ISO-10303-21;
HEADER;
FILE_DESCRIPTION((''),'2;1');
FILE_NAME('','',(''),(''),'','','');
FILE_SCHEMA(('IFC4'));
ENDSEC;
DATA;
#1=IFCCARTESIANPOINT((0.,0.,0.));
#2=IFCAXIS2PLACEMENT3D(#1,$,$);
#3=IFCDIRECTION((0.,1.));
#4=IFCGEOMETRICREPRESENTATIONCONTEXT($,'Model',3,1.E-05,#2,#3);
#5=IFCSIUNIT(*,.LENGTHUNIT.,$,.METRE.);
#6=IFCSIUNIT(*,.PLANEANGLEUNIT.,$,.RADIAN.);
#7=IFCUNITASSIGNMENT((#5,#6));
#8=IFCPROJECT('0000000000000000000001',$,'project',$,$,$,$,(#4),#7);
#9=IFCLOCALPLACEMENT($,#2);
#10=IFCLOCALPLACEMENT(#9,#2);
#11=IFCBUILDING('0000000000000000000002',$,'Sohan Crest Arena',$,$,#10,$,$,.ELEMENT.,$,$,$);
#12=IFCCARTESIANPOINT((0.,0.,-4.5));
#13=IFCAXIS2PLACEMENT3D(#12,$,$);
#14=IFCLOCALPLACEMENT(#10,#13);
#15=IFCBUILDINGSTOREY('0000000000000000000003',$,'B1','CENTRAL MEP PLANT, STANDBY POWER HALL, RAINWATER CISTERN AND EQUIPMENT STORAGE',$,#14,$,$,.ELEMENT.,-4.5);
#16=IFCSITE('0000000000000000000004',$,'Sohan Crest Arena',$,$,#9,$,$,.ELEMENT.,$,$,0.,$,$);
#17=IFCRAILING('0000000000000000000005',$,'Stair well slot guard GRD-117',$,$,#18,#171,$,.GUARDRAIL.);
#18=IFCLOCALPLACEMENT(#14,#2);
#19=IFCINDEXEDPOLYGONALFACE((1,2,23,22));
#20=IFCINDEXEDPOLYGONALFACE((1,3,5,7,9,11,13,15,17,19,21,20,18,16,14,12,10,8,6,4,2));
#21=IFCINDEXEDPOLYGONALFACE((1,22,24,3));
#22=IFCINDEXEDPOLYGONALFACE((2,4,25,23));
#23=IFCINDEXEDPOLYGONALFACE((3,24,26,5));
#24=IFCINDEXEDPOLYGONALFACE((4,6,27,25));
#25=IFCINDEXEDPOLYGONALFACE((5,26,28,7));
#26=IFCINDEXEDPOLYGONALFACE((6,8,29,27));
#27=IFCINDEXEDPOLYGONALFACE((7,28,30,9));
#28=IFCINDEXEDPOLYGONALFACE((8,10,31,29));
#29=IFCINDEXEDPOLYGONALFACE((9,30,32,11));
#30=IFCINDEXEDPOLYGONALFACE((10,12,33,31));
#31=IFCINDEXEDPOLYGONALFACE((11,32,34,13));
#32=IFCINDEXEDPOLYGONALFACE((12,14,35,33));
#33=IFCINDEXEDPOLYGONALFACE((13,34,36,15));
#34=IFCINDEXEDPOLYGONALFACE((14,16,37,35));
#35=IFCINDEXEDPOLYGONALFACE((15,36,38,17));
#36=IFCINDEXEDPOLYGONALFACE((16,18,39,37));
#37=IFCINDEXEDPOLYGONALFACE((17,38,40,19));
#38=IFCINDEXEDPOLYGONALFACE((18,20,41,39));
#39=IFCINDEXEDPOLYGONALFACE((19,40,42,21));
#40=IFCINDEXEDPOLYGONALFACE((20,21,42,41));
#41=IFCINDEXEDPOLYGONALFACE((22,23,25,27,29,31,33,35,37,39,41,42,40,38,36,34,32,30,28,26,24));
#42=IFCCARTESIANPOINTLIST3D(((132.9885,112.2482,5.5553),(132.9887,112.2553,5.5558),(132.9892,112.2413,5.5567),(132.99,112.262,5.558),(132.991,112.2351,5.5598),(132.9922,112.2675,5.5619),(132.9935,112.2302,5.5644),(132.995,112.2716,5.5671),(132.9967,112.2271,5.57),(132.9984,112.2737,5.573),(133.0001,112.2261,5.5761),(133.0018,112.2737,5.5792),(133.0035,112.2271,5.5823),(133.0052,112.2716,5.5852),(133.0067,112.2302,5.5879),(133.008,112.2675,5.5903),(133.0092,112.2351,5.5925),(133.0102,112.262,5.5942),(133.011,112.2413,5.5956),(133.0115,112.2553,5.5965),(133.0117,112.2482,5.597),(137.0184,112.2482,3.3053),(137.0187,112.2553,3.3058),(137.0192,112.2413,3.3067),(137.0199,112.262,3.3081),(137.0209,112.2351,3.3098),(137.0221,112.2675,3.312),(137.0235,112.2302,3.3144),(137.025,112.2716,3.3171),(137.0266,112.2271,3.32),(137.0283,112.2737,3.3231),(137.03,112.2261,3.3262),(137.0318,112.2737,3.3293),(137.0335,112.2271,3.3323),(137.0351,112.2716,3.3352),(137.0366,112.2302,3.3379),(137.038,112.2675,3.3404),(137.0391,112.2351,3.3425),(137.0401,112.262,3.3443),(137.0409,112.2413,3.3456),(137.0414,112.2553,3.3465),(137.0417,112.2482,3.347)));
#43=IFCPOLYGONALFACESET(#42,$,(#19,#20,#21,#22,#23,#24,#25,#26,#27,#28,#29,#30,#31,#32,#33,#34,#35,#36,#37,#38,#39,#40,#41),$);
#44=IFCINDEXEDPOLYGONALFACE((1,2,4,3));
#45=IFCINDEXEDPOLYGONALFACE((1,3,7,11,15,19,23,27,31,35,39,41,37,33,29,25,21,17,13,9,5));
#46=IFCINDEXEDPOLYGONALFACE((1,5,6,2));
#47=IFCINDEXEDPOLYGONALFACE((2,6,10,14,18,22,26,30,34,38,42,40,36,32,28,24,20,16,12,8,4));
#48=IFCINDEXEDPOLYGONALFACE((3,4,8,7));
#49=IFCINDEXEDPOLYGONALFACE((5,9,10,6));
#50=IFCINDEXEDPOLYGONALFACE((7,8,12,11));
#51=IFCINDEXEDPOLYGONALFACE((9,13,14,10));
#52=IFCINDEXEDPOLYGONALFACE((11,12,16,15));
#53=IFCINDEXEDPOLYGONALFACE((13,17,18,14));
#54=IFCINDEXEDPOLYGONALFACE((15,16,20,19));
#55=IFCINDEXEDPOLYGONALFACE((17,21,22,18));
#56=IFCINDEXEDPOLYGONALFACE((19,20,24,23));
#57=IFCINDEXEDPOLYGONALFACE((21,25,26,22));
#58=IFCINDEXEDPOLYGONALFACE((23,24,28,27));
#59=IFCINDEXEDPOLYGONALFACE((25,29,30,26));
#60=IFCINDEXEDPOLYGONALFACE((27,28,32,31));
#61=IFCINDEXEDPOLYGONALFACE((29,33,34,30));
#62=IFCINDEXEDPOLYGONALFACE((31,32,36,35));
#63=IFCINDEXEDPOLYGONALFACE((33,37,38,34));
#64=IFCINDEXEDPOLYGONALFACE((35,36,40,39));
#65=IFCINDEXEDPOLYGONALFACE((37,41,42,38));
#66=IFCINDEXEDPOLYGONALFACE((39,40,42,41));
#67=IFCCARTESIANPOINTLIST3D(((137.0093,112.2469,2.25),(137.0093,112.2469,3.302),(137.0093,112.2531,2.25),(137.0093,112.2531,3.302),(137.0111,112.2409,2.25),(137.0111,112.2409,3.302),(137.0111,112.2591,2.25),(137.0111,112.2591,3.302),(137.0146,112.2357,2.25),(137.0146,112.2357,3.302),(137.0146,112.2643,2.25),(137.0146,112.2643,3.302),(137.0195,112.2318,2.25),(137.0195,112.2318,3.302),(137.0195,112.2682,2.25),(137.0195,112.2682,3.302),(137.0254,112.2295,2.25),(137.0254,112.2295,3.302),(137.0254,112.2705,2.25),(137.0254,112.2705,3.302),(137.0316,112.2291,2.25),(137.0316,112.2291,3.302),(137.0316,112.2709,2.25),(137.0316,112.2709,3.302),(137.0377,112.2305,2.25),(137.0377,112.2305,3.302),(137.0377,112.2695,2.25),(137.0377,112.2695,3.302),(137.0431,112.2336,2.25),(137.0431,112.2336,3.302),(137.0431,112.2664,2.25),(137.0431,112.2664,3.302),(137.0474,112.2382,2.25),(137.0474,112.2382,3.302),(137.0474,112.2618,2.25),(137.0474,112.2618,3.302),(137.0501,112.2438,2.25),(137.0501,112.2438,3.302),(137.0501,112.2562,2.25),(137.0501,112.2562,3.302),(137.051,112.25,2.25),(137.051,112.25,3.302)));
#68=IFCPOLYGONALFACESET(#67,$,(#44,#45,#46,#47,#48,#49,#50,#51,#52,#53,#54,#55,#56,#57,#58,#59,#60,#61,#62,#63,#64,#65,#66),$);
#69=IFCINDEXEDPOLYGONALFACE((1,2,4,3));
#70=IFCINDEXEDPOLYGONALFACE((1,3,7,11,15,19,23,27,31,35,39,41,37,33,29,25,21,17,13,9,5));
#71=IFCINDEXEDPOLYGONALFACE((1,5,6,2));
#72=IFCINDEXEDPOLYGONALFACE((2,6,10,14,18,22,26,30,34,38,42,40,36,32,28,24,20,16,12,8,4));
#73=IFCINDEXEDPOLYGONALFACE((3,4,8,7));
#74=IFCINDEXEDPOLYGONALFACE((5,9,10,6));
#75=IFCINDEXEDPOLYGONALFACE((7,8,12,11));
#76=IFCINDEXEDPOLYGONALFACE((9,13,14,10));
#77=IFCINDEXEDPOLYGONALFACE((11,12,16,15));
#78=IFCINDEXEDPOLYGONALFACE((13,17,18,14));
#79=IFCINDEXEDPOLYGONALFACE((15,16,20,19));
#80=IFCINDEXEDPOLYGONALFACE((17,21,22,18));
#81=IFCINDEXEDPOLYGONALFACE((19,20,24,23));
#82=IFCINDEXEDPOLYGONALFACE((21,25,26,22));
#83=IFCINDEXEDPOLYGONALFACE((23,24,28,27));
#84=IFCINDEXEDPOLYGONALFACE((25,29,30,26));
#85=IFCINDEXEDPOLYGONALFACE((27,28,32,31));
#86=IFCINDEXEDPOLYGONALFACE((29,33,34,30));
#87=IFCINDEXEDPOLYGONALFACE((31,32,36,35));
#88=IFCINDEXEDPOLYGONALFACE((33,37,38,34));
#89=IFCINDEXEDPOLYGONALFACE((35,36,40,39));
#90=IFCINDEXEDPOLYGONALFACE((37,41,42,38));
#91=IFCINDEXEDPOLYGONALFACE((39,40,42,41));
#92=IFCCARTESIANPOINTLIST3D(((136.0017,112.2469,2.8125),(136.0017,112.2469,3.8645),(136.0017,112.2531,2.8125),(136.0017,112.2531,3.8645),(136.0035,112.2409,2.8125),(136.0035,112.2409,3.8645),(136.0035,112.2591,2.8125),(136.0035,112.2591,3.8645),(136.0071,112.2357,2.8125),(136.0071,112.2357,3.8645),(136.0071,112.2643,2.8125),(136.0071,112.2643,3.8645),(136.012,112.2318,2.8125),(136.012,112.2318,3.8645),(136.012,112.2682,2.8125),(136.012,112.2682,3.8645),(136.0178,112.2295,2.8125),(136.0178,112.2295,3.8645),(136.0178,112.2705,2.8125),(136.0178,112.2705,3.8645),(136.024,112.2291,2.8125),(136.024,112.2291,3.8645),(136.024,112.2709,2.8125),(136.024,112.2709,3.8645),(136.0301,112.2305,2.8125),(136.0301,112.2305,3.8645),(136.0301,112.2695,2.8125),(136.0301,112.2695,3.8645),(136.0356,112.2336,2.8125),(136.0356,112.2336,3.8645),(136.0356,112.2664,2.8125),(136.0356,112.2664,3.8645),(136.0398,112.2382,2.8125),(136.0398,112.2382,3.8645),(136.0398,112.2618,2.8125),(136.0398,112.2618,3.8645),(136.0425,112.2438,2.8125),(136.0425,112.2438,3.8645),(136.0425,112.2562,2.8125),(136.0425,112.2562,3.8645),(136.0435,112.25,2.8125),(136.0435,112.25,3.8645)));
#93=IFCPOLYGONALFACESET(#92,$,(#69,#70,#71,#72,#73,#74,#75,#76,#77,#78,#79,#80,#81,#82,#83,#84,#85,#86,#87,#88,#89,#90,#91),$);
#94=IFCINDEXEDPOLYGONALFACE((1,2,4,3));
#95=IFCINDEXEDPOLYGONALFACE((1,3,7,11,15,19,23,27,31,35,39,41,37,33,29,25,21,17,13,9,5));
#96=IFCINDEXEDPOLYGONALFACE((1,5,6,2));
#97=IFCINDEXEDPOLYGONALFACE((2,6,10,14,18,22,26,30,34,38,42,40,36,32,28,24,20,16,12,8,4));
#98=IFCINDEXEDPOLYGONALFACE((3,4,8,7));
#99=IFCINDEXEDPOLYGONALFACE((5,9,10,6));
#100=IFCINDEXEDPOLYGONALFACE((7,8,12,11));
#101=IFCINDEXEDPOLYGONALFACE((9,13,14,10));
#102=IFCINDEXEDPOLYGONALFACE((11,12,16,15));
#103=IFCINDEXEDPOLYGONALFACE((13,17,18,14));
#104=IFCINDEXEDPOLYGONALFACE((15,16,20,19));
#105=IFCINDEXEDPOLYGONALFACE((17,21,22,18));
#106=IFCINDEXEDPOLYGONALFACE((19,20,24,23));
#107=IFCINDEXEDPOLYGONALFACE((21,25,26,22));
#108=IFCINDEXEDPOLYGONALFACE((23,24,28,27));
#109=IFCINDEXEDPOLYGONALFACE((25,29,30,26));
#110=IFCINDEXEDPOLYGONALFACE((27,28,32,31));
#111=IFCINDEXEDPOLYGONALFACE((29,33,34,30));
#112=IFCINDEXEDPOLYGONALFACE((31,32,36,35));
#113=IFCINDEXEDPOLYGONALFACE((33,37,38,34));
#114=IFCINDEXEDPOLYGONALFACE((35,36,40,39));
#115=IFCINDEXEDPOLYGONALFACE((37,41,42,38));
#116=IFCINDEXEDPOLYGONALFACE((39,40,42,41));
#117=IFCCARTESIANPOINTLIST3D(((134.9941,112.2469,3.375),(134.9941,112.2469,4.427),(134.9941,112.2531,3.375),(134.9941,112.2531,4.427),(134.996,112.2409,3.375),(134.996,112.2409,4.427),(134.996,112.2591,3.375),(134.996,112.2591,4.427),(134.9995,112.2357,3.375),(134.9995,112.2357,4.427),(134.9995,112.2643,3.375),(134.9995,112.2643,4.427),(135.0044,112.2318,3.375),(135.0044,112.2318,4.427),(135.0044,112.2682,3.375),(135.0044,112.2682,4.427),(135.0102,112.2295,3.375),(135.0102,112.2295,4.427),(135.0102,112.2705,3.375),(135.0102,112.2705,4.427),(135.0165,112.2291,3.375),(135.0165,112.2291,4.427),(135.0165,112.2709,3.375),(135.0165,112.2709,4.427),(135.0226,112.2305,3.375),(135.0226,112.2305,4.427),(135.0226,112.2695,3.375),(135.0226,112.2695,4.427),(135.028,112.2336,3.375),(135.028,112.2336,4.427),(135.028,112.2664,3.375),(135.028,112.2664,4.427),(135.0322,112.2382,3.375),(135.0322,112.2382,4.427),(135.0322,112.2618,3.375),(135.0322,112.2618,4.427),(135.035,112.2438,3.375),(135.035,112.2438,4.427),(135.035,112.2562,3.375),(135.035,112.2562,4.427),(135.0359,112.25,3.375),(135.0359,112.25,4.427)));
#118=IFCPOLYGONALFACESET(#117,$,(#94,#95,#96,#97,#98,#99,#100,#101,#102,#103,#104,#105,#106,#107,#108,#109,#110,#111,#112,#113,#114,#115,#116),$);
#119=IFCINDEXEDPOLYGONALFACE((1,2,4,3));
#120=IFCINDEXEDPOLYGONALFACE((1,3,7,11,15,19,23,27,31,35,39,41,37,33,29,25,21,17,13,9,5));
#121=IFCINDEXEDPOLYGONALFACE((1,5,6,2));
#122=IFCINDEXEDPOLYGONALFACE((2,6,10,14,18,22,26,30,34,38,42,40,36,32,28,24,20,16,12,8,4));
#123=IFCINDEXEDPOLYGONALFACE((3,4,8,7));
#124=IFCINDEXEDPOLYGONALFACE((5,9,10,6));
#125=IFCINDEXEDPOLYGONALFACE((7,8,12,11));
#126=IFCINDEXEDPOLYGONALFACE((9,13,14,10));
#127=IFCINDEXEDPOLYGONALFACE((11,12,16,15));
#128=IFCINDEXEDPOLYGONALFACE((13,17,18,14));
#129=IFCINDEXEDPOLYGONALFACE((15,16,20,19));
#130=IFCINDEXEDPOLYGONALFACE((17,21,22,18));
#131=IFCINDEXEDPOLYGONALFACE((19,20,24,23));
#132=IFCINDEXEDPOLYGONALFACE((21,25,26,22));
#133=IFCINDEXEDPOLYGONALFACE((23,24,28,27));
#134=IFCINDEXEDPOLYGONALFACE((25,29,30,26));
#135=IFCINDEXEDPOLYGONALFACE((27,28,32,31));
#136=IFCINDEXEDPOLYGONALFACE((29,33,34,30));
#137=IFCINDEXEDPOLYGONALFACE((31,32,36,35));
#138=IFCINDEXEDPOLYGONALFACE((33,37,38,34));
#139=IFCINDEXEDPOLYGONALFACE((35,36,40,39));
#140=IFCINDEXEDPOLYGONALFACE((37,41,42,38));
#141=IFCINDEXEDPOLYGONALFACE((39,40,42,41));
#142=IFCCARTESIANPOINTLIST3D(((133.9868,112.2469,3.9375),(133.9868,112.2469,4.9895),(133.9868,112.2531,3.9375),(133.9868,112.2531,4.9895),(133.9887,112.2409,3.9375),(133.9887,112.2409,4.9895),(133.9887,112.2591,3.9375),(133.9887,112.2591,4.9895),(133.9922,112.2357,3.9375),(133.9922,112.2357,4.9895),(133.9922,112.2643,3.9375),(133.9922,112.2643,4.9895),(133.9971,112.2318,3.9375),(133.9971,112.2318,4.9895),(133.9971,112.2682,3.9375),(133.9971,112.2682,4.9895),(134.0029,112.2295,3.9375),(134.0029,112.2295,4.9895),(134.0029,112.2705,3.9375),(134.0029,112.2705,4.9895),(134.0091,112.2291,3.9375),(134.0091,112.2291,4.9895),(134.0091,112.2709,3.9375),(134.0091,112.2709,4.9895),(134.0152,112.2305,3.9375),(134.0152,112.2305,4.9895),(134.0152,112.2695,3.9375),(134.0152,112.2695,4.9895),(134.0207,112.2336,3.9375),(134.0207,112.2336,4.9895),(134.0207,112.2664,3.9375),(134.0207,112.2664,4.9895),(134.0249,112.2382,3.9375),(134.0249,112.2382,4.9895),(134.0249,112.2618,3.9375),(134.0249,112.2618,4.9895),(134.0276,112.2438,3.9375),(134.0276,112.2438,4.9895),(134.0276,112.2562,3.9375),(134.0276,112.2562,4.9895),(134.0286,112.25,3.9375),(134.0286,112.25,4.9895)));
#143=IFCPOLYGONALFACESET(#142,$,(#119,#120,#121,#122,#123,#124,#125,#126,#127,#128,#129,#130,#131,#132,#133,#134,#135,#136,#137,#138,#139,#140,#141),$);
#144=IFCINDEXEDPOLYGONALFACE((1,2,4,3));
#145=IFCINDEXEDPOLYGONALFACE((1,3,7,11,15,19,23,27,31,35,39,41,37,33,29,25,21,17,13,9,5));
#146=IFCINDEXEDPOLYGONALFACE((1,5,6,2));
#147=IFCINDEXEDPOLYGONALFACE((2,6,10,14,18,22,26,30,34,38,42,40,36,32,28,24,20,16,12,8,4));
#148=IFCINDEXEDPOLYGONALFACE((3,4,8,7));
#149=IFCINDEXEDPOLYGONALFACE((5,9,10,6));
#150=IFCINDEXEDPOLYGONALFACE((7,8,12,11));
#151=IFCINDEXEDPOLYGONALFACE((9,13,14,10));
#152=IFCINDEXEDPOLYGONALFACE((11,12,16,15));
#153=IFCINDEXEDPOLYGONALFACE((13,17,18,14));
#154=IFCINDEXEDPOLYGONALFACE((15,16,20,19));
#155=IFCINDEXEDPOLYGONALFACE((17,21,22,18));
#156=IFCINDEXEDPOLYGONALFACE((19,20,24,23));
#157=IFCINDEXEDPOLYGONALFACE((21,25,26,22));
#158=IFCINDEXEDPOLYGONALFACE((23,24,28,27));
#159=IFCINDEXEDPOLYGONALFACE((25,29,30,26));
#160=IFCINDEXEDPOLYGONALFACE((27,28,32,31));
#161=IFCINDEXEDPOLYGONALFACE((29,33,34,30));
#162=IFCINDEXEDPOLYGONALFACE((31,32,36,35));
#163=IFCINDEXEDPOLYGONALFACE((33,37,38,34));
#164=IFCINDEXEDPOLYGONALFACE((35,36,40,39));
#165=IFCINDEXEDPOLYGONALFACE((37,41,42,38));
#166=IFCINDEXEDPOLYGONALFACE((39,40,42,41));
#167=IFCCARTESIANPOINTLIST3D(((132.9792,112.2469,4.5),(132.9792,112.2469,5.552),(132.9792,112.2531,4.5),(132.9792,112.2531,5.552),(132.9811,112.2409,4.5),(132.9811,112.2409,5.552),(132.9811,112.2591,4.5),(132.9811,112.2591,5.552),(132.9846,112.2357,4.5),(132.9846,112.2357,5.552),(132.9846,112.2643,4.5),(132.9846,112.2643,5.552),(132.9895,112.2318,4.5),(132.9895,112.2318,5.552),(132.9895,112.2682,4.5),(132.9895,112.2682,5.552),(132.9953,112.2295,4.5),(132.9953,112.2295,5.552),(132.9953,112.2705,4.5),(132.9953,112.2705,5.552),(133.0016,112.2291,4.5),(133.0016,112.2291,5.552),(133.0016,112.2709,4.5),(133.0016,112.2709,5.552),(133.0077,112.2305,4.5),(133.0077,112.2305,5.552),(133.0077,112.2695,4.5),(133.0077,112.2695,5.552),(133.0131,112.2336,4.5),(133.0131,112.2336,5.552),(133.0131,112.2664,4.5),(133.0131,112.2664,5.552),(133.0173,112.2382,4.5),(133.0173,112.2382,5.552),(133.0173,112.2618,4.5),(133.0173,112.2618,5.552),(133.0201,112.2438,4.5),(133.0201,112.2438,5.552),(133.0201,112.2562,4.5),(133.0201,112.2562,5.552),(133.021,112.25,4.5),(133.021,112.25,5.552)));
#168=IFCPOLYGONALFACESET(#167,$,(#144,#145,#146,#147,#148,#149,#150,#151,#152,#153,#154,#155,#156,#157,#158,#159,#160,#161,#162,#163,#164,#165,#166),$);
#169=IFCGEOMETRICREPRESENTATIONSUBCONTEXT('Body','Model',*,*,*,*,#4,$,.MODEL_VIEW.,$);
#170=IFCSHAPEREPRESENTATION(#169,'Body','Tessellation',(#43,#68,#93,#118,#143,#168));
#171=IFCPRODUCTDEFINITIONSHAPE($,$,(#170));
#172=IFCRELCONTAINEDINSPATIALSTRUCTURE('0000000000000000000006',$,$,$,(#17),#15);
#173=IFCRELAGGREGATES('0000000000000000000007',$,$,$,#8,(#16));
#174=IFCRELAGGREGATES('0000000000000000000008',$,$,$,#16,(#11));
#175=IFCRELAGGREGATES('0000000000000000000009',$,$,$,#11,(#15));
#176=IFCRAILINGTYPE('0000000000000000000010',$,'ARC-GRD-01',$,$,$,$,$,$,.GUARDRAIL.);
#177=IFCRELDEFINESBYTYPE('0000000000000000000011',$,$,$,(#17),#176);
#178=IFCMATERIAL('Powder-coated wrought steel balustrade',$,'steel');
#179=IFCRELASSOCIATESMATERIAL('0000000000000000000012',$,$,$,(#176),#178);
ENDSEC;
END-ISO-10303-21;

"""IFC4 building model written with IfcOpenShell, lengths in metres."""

from ifc_helpers import new_model, si_unit, direction, frame, origin, origin_2d, place, context, subcontext, project, spatial, circle, extrude, material, type_object, element, save


model = new_model("IFC4")

# Units and contexts
model_context = context("Model", 3, precision=1e-05, world=origin(), true_north=direction((0.0, 1.0)))
body_context = subcontext(model_context, "Body", "Model", "MODEL_VIEW")
ifc_project = project(units=[si_unit("LENGTHUNIT", "METRE"), si_unit("PLANEANGLEUNIT", "RADIAN")], contexts=[model_context])

# Site, building, storey
site_placement = place(None, origin())
site = spatial("IfcSite", under=ifc_project, at=site_placement, Name="Sohan Crest Arena", CompositionType="ELEMENT", RefElevation=0.0)
building_placement = place(site_placement, origin())
building = spatial("IfcBuilding", under=site, at=building_placement, Name="Sohan Crest Arena", CompositionType="ELEMENT")
storey_placement = place(building_placement, frame((0.0, 0.0, -4.5)))
storey = spatial("IfcBuildingStorey", under=building, at=storey_placement, Name="B1", Description="CENTRAL MEP PLANT, STANDBY POWER HALL, RAINWATER CISTERN AND EQUIPMENT STORAGE", CompositionType="ELEMENT", Elevation=-4.5)

# Railing
ifc_material_1 = material(Name="Powder-coated wrought steel balustrade", Category="steel")
railing_type_1 = type_object("IfcRailingType", Name="ARC-GRD-01", PredefinedType="GUARDRAIL", material=ifc_material_1)
railing_1_placement = place(storey_placement, frame((137.03, 112.25, 2.25)))
element("IfcRailing", 1, at=railing_1_placement, inside=storey, type_object=railing_type_1, Name="Stair well slot guard GRD-117", PredefinedType="GUARDRAIL", context=body_context, shape_type="SweptSolid", body=[
    extrude(circle(Radius=0.0239, at=origin_2d()), frame((0.0, 0.0, 1.0762), z_axis=(-0.873135, 0.0, 0.487479), x_axis=(0.0, -1.0, 0.0)), (0.0, 0.0, 1.0), 4.6155),
    extrude(circle(Radius=0.021, at=origin_2d()), origin(), (0.0, 0.0, 1.0), 1.052),
    extrude(circle(Radius=0.021, at=origin_2d()), frame((-1.0076, 0.0, 0.5625)), (0.0, 0.0, 1.0), 1.052),
    extrude(circle(Radius=0.021, at=origin_2d()), frame((-2.0151, 0.0, 1.125)), (0.0, 0.0, 1.0), 1.052),
    extrude(circle(Radius=0.021, at=origin_2d()), frame((-3.0225, 0.0, 1.6875)), (0.0, 0.0, 1.0), 1.052),
    extrude(circle(Radius=0.021, at=origin_2d()), frame((-4.03, 0.0, 2.25)), (0.0, 0.0, 1.0), 1.052),
])

save(model, "model.ifc")
